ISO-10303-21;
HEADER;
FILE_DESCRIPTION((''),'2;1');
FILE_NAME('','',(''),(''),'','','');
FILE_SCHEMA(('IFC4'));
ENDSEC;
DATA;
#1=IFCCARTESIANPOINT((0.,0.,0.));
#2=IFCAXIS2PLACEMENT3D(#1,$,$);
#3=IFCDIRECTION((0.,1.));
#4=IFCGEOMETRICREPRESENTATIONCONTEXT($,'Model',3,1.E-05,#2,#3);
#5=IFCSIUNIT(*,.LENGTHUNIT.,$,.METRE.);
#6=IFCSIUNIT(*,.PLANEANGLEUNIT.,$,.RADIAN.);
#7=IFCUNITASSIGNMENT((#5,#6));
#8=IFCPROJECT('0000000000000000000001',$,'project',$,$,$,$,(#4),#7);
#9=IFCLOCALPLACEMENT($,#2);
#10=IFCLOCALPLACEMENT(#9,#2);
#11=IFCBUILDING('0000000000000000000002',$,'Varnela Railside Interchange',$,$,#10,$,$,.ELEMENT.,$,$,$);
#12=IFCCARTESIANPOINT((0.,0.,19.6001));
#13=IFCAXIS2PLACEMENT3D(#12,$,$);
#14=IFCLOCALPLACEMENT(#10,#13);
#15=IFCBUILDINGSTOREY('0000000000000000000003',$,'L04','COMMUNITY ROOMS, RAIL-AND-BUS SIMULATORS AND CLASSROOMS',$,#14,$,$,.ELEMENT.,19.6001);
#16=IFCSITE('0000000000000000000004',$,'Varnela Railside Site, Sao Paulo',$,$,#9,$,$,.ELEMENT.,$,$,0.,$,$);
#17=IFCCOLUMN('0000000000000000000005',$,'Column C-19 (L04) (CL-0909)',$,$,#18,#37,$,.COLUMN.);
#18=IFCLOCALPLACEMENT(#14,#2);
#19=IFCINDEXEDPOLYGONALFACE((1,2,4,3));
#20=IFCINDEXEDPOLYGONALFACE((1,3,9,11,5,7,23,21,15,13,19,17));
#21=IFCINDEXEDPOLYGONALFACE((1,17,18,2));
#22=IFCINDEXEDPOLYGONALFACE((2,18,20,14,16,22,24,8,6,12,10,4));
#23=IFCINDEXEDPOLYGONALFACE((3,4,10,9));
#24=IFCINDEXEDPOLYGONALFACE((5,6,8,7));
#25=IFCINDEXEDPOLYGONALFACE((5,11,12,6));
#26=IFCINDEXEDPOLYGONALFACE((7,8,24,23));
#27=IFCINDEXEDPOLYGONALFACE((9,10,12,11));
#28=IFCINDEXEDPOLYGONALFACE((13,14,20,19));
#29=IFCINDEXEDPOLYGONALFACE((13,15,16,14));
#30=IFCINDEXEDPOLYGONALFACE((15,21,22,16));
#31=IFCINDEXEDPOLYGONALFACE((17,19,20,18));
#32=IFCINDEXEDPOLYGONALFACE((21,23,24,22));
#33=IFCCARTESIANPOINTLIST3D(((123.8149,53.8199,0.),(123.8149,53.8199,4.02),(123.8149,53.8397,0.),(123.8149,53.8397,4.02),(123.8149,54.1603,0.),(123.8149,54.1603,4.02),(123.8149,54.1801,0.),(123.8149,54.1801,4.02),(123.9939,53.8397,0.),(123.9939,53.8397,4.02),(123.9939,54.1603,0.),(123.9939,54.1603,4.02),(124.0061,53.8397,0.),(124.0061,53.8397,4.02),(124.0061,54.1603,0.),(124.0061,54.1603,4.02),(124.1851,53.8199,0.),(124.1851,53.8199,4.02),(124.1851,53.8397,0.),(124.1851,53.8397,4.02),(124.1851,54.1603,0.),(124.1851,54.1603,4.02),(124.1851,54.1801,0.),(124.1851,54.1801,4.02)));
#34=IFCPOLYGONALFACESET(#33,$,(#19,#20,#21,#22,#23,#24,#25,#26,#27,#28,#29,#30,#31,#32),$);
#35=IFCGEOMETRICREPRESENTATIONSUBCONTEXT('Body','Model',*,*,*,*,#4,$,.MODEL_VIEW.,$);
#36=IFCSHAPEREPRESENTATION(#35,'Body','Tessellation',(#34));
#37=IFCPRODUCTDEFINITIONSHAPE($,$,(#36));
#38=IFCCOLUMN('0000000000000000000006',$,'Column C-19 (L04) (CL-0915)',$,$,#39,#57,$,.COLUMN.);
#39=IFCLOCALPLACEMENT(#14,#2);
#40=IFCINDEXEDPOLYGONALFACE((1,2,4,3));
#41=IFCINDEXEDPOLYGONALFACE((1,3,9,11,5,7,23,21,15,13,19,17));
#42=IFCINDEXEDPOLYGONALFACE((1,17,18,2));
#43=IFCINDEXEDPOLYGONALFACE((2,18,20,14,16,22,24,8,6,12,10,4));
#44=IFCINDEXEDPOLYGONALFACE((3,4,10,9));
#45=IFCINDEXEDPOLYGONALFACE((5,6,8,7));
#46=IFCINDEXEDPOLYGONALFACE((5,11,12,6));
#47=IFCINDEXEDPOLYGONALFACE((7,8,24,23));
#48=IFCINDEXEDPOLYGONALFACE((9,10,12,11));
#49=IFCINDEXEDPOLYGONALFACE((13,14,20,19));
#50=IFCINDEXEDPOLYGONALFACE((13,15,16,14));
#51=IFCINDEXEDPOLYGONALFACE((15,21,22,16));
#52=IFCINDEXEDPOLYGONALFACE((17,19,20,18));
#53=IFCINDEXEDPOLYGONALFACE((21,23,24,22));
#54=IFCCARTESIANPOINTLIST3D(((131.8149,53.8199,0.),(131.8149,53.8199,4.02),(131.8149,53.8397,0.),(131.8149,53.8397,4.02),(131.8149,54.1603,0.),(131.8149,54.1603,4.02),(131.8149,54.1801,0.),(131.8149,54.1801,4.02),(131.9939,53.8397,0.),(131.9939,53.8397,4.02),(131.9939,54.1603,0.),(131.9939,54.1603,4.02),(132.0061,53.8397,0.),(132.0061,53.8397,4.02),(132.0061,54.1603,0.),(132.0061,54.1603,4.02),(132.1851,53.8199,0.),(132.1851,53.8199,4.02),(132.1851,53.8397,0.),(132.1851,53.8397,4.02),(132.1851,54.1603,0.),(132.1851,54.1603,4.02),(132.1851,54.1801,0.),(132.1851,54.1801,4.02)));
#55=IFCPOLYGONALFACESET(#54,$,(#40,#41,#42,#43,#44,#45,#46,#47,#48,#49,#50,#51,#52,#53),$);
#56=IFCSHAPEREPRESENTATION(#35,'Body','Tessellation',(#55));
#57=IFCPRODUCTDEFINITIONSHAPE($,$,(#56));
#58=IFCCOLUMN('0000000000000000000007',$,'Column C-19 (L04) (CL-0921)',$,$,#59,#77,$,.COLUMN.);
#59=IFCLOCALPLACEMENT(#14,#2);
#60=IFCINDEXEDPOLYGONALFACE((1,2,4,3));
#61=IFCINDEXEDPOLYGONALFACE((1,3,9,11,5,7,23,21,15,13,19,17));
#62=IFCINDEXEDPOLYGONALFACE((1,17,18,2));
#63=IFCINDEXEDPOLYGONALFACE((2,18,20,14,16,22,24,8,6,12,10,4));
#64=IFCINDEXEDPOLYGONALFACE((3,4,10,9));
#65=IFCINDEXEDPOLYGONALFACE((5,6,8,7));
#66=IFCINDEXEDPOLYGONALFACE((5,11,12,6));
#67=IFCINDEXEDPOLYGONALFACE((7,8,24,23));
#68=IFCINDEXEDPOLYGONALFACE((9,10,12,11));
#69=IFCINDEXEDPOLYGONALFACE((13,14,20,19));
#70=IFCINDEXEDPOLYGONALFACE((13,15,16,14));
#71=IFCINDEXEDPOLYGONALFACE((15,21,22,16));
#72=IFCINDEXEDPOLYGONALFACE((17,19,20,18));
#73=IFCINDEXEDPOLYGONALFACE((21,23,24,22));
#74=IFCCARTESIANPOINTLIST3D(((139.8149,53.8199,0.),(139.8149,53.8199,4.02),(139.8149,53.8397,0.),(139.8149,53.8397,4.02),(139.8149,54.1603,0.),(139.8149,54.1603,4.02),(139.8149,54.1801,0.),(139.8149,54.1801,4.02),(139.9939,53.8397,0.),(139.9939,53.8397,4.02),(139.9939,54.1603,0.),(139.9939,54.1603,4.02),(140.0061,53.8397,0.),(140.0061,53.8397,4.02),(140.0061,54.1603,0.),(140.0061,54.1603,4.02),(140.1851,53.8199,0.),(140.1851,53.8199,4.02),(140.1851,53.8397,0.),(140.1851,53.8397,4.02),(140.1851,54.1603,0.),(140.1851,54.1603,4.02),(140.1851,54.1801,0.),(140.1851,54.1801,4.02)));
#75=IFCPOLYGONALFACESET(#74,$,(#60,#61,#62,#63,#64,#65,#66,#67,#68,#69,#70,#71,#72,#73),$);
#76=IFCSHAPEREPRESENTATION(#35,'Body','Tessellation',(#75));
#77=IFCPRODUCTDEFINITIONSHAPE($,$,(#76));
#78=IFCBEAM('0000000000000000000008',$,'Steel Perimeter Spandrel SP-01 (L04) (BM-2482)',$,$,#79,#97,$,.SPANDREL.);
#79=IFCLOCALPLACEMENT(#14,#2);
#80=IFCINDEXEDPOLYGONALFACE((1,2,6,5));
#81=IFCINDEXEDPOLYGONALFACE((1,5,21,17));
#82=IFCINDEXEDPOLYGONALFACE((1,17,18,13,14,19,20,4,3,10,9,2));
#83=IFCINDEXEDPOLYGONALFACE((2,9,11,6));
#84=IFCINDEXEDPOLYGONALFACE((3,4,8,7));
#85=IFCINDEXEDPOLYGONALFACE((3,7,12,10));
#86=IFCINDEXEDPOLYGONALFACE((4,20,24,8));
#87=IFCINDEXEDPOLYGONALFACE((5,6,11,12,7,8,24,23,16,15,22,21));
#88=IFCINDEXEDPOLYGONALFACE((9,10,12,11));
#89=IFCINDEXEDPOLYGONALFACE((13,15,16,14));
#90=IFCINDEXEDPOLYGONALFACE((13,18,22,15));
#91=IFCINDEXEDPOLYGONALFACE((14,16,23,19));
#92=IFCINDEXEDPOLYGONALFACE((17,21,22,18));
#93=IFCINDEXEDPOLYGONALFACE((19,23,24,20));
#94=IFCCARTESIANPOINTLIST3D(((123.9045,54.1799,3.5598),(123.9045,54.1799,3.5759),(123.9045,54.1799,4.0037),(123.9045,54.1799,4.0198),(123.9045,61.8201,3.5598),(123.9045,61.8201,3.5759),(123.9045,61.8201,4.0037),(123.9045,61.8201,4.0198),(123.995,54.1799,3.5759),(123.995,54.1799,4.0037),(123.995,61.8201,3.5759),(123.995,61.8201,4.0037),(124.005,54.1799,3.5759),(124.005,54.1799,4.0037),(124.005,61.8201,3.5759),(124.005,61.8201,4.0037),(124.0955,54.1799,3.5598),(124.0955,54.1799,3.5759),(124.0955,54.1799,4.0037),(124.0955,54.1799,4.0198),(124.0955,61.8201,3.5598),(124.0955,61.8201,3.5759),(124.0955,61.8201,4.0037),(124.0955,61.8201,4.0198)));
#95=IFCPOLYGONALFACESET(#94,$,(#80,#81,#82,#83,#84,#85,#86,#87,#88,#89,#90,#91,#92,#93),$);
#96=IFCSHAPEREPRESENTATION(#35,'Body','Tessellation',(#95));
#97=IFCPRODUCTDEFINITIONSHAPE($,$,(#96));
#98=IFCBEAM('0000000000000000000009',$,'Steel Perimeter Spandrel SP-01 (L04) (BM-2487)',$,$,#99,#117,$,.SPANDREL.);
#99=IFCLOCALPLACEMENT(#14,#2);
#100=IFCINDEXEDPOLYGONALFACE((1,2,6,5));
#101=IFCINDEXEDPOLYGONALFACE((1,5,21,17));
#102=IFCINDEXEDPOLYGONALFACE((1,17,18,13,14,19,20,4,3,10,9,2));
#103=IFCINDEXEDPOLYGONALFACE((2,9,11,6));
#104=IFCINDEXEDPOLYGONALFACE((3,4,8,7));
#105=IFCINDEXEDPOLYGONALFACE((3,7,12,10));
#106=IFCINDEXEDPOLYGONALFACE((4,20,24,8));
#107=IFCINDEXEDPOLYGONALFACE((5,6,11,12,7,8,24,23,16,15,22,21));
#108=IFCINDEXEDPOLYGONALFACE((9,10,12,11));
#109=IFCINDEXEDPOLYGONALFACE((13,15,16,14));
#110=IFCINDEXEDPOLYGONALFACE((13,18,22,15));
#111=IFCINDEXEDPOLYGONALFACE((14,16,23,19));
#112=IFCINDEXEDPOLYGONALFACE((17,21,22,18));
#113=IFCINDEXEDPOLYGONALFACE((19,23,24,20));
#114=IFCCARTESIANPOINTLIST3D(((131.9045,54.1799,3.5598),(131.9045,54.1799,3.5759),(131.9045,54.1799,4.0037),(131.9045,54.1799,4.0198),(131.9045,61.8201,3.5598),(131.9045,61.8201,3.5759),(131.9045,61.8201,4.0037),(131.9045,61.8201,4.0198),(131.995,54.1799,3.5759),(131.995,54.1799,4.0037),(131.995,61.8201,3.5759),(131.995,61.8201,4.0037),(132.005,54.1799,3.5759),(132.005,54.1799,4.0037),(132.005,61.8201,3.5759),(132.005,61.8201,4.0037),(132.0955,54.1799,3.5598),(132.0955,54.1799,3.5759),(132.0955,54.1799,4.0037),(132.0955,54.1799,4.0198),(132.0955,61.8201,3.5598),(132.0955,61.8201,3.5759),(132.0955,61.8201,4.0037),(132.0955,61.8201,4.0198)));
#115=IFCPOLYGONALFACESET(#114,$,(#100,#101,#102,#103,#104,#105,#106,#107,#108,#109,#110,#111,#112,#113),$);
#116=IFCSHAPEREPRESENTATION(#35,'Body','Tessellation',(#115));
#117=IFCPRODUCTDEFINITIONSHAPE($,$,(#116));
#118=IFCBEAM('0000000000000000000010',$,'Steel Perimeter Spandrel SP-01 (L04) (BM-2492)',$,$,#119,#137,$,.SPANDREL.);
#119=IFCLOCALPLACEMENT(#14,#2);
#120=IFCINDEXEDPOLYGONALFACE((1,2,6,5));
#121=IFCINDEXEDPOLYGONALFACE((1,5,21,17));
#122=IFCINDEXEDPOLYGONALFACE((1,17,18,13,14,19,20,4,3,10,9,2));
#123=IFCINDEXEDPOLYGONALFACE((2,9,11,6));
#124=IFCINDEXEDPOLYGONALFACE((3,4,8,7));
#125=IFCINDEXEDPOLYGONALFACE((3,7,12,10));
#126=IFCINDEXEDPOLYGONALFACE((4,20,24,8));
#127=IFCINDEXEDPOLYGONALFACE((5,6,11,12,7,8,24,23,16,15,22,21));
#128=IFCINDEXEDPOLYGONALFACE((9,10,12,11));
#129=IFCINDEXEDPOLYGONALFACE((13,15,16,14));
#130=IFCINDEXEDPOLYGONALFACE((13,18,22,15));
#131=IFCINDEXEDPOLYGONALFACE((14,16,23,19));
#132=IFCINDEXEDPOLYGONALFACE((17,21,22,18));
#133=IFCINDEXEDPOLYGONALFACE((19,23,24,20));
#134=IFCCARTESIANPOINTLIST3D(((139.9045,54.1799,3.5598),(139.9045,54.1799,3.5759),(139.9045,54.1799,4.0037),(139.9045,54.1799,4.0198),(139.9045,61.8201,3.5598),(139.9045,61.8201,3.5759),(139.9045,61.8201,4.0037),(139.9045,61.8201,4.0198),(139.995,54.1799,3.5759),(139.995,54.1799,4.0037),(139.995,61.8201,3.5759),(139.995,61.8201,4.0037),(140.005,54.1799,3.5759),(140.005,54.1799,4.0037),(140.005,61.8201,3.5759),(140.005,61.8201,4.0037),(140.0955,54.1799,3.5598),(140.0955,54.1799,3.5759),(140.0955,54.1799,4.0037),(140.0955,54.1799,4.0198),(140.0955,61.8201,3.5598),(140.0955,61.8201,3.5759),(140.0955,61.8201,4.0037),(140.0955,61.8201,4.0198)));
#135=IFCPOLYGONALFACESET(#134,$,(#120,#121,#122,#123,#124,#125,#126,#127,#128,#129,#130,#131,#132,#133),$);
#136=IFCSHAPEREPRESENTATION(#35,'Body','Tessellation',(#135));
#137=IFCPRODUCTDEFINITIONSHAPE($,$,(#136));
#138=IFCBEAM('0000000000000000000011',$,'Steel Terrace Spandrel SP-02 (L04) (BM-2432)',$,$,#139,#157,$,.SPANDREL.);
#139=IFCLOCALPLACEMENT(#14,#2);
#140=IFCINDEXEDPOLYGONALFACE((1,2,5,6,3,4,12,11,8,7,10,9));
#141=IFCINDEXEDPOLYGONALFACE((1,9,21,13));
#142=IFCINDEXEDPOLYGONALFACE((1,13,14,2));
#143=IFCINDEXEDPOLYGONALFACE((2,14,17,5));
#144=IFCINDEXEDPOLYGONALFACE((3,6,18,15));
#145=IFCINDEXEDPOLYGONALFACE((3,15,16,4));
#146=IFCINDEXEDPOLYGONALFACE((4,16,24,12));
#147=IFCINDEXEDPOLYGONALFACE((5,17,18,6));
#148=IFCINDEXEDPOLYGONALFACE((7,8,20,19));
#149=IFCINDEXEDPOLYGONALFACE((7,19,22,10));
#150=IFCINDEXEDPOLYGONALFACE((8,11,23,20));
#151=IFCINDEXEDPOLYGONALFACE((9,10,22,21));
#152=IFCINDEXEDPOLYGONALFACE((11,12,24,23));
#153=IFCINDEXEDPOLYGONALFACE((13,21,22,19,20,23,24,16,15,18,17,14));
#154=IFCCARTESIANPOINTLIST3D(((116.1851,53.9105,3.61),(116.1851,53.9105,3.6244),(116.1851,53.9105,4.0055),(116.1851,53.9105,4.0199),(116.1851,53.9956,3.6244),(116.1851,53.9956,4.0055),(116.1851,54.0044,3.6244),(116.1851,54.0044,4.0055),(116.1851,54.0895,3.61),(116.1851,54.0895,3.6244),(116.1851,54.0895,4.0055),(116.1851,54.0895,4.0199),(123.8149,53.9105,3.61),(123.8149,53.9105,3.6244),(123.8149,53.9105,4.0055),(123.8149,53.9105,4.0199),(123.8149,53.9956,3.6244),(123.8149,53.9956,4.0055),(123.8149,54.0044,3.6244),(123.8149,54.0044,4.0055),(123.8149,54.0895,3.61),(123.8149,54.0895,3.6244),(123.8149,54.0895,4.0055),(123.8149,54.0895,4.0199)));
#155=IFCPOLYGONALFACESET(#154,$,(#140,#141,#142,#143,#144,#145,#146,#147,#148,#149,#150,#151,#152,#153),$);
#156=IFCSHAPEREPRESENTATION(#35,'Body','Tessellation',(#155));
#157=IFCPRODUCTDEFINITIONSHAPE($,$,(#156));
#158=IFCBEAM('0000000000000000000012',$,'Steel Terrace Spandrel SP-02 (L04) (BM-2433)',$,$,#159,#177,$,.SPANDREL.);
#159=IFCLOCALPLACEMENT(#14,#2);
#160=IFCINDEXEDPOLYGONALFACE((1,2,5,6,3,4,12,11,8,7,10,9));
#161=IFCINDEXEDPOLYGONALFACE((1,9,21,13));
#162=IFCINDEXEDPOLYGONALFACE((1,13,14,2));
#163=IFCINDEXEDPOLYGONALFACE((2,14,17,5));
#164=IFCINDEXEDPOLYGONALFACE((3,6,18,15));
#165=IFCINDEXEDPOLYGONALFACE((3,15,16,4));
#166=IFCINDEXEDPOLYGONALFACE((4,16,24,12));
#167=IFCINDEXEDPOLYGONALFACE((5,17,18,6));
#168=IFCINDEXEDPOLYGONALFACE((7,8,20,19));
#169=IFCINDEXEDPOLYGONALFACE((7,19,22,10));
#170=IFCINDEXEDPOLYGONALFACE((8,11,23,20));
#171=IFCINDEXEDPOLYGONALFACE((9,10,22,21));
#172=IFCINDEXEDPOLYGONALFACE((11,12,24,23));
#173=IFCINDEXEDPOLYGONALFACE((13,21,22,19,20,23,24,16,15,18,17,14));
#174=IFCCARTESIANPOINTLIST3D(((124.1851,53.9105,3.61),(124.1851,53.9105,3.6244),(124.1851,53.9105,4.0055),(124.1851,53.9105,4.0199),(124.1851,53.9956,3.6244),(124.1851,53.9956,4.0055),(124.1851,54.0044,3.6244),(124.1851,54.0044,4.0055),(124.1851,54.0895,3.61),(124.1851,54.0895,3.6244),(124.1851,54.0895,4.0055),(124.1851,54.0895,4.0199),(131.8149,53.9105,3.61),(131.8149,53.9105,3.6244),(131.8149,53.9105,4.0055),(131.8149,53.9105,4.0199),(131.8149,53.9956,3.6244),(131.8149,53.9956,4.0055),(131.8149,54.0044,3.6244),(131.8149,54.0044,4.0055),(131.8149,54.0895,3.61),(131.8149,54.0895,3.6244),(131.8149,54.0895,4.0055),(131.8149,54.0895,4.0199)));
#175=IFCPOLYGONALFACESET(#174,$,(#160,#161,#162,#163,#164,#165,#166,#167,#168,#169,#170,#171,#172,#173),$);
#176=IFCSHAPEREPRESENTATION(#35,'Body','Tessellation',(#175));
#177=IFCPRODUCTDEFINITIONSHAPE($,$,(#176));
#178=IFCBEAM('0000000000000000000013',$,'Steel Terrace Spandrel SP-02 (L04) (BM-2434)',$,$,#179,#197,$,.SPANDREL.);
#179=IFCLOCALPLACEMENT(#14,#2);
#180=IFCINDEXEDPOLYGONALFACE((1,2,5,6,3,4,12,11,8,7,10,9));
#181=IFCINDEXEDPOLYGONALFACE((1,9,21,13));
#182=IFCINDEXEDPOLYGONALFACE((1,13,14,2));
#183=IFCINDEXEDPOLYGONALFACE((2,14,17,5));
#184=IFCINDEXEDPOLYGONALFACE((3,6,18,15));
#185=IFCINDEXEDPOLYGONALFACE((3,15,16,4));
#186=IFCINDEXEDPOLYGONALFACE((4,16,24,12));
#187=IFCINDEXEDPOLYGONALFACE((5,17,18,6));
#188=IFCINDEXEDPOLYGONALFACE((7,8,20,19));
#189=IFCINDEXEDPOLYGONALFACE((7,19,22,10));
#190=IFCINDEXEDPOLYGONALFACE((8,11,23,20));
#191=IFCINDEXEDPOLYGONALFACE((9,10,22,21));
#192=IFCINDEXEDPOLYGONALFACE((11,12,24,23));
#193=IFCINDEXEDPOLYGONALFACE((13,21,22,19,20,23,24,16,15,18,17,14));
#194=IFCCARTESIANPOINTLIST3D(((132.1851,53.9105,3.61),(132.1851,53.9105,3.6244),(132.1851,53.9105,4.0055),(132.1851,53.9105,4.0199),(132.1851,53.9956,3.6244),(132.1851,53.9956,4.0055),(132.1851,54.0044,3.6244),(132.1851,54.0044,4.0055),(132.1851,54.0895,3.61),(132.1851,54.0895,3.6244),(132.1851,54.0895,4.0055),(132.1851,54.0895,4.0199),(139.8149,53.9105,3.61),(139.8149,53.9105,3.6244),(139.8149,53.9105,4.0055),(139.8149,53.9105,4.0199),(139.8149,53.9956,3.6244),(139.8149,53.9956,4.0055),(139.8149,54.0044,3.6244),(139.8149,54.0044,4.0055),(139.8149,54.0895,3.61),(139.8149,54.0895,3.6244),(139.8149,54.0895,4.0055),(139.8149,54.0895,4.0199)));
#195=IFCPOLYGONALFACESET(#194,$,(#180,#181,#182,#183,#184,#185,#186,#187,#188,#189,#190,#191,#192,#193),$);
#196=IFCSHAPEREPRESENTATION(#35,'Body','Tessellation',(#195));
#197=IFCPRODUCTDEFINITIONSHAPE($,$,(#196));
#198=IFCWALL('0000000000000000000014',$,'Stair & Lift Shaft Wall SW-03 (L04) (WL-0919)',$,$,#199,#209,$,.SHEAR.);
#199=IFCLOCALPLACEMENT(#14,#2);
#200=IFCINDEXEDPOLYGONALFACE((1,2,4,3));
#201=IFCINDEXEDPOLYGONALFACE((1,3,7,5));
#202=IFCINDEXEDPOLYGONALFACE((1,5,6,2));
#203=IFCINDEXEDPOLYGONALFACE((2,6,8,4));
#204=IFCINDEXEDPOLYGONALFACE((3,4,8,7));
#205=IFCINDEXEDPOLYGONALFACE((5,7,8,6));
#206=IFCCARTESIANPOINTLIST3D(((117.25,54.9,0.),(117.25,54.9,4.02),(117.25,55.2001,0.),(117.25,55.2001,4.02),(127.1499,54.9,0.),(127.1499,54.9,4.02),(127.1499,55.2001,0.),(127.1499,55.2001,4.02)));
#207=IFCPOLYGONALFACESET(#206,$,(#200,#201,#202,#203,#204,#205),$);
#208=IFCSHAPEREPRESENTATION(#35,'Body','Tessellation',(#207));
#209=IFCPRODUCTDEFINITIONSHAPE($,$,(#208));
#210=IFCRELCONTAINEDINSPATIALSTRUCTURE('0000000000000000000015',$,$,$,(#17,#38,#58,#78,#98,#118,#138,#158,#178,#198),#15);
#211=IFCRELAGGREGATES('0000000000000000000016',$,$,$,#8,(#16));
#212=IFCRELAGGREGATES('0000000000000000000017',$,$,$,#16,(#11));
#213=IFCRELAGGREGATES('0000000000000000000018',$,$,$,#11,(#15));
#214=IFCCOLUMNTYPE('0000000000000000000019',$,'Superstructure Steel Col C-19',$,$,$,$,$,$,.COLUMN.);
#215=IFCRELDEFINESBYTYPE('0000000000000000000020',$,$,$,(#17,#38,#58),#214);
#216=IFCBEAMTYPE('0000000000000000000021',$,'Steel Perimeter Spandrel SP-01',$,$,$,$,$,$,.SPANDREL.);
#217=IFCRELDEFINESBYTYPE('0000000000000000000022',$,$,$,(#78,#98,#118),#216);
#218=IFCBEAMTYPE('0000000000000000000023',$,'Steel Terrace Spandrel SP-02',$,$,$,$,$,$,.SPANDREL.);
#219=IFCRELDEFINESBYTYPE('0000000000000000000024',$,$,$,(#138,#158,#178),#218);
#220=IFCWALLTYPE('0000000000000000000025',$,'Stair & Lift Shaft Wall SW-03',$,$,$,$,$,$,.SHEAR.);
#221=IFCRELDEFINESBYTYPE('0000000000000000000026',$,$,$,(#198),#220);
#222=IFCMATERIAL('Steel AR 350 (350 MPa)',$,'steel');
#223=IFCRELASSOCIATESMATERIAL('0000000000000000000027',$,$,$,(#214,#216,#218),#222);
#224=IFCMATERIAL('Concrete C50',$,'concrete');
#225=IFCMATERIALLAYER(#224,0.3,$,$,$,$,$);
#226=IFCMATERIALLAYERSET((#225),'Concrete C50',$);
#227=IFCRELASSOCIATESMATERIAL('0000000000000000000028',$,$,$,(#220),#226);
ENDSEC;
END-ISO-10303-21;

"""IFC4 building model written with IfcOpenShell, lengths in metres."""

from ifc_helpers import new_model, si_unit, direction, frame, frame_2d, origin, origin_2d, place, context, subcontext, project, spatial, rectangle, i_section, extrude, material, layer, layer_set, material_profile, profile_set, type_object, element, save


model = new_model("IFC4")

# Units and contexts
model_context = context("Model", 3, precision=1e-05, world=origin(), true_north=direction((0.0, 1.0)))
body_context = subcontext(model_context, "Body", "Model", "MODEL_VIEW")
ifc_project = project(units=[si_unit("LENGTHUNIT", "METRE"), si_unit("PLANEANGLEUNIT", "RADIAN")], contexts=[model_context])

# Site, building, storey
site_placement = place(None, origin())
site = spatial("IfcSite", under=ifc_project, at=site_placement, Name="Varnela Railside Site, Sao Paulo", CompositionType="ELEMENT", RefElevation=0.0)
building_placement = place(site_placement, origin())
building = spatial("IfcBuilding", under=site, at=building_placement, Name="Varnela Railside Interchange", CompositionType="ELEMENT")
storey_placement = place(building_placement, frame((0.0, 0.0, 19.6001)))
storey = spatial("IfcBuildingStorey", under=building, at=storey_placement, Name="L04", Description="COMMUNITY ROOMS, RAIL-AND-BUS SIMULATORS AND CLASSROOMS", CompositionType="ELEMENT", Elevation=19.6001)

# Columns
ifc_material_1 = material(Name="Steel AR 350 (350 MPa)", Category="steel")
ifc_material_profile_1 = material_profile(ifc_material_1, i_section(OverallWidth=0.3701, OverallDepth=0.3601, WebThickness=0.0122, FlangeThickness=0.0198, at=origin_2d()), Name="W360x147")
ifc_profile_set_1 = profile_set([ifc_material_profile_1], Name="Steel AR 350 (350 MPa)")
column_type = type_object("IfcColumnType", Name="Superstructure Steel Col C-19", PredefinedType="COLUMN", material=ifc_profile_set_1)
for number, where, z_axis, x_axis, name in (
    (1, (124.0, 54.0, 0.0), (0.0, 0.0, 1.0), (1.0, 0.0, 0.0), "Column C-19 (L04) (CL-0909)"),
    (2, (132.0, 54.0, 0.0), (0.0, 0.0, 1.0), (1.0, 0.0, 0.0), "Column C-19 (L04) (CL-0915)"),
    (3, (140.0, 54.0, 0.0), (0.0, 0.0, 1.0), (1.0, 0.0, 0.0), "Column C-19 (L04) (CL-0921)"),
):
    element("IfcColumn", number, at=place(storey_placement, frame(where, z_axis=z_axis, x_axis=x_axis)), inside=storey, type_object=column_type, Name=name, PredefinedType="COLUMN", context=body_context, shape_type="SweptSolid", body=[
        extrude(i_section(OverallWidth=0.3701, OverallDepth=0.3601, WebThickness=0.0122, FlangeThickness=0.0198, at=origin_2d()), origin(), (0.0, 0.0, 1.0), 4.02),
    ])

# Beams
ifc_material_profile_2 = material_profile(ifc_material_1, i_section(OverallWidth=0.1909, OverallDepth=0.46, WebThickness=0.01, FlangeThickness=0.0161, at=origin_2d()), Name="W460x82")
ifc_profile_set_2 = profile_set([ifc_material_profile_2], Name="Steel AR 350 (350 MPa)")
beam_type_1 = type_object("IfcBeamType", Name="Steel Perimeter Spandrel SP-01", PredefinedType="SPANDREL", material=ifc_profile_set_2)
for number, where, z_axis, x_axis, name in (
    (4, (124.0, 54.1799, 3.7898), (0.0, 1.0, 0.0), (-1.0, 0.0, 0.0), "Steel Perimeter Spandrel SP-01 (L04) (BM-2482)"),
    (5, (132.0, 54.1799, 3.7898), (0.0, 1.0, 0.0), (-1.0, 0.0, 0.0), "Steel Perimeter Spandrel SP-01 (L04) (BM-2487)"),
    (6, (140.0, 54.1799, 3.7898), (0.0, 1.0, 0.0), (-1.0, 0.0, 0.0), "Steel Perimeter Spandrel SP-01 (L04) (BM-2492)"),
):
    element("IfcBeam", number, at=place(storey_placement, frame(where, z_axis=z_axis, x_axis=x_axis)), inside=storey, type_object=beam_type_1, Name=name, PredefinedType="SPANDREL", context=body_context, shape_type="SweptSolid", body=[
        extrude(i_section(OverallWidth=0.1909, OverallDepth=0.46, WebThickness=0.01, FlangeThickness=0.0161, at=origin_2d()), origin(), (0.0, 0.0, 1.0), 7.6401),
    ])
ifc_material_profile_3 = material_profile(ifc_material_1, i_section(OverallWidth=0.179, OverallDepth=0.4099, WebThickness=0.0088, FlangeThickness=0.0144, at=origin_2d()), Name="W410x67")
ifc_profile_set_3 = profile_set([ifc_material_profile_3], Name="Steel AR 350 (350 MPa)")
beam_type_2 = type_object("IfcBeamType", Name="Steel Terrace Spandrel SP-02", PredefinedType="SPANDREL", material=ifc_profile_set_3)
for number, where, z_axis, x_axis, name in (
    (7, (116.1851, 54.0, 3.8149), (1.0, 0.0, 0.0), (0.0, 1.0, 0.0), "Steel Terrace Spandrel SP-02 (L04) (BM-2432)"),
    (8, (124.1851, 54.0, 3.8149), (1.0, 0.0, 0.0), (0.0, 1.0, 0.0), "Steel Terrace Spandrel SP-02 (L04) (BM-2433)"),
    (9, (132.1851, 54.0, 3.8149), (1.0, 0.0, 0.0), (0.0, 1.0, 0.0), "Steel Terrace Spandrel SP-02 (L04) (BM-2434)"),
):
    element("IfcBeam", number, at=place(storey_placement, frame(where, z_axis=z_axis, x_axis=x_axis)), inside=storey, type_object=beam_type_2, Name=name, PredefinedType="SPANDREL", context=body_context, shape_type="SweptSolid", body=[
        extrude(i_section(OverallWidth=0.179, OverallDepth=0.4099, WebThickness=0.0088, FlangeThickness=0.0144, at=origin_2d()), origin(), (0.0, 0.0, 1.0), 7.6299),
    ])

# Wall
ifc_material_2 = material(Name="Concrete C50", Category="concrete")
ifc_layer_1 = layer(ifc_material_2, 0.3)
ifc_layer_set_1 = layer_set([ifc_layer_1], Name="Concrete C50")
wall_type_1 = type_object("IfcWallType", Name="Stair & Lift Shaft Wall SW-03", PredefinedType="SHEAR", material=ifc_layer_set_1)
wall_1_placement = place(storey_placement, frame((117.25, 55.05, 0.0), z_axis=(0.0, 0.0, 1.0), x_axis=(1.0, 0.0, 0.0)))
element("IfcWall", 10, at=wall_1_placement, inside=storey, type_object=wall_type_1, Name="Stair & Lift Shaft Wall SW-03 (L04) (WL-0919)", PredefinedType="SHEAR", context=body_context, shape_type="SweptSolid", body=[
    extrude(rectangle(XDim=9.8999, YDim=0.3, at=frame_2d((4.95, 0.0))), origin(), (0.0, 0.0, 1.0), 4.02),
])

save(model, "model.ifc")
